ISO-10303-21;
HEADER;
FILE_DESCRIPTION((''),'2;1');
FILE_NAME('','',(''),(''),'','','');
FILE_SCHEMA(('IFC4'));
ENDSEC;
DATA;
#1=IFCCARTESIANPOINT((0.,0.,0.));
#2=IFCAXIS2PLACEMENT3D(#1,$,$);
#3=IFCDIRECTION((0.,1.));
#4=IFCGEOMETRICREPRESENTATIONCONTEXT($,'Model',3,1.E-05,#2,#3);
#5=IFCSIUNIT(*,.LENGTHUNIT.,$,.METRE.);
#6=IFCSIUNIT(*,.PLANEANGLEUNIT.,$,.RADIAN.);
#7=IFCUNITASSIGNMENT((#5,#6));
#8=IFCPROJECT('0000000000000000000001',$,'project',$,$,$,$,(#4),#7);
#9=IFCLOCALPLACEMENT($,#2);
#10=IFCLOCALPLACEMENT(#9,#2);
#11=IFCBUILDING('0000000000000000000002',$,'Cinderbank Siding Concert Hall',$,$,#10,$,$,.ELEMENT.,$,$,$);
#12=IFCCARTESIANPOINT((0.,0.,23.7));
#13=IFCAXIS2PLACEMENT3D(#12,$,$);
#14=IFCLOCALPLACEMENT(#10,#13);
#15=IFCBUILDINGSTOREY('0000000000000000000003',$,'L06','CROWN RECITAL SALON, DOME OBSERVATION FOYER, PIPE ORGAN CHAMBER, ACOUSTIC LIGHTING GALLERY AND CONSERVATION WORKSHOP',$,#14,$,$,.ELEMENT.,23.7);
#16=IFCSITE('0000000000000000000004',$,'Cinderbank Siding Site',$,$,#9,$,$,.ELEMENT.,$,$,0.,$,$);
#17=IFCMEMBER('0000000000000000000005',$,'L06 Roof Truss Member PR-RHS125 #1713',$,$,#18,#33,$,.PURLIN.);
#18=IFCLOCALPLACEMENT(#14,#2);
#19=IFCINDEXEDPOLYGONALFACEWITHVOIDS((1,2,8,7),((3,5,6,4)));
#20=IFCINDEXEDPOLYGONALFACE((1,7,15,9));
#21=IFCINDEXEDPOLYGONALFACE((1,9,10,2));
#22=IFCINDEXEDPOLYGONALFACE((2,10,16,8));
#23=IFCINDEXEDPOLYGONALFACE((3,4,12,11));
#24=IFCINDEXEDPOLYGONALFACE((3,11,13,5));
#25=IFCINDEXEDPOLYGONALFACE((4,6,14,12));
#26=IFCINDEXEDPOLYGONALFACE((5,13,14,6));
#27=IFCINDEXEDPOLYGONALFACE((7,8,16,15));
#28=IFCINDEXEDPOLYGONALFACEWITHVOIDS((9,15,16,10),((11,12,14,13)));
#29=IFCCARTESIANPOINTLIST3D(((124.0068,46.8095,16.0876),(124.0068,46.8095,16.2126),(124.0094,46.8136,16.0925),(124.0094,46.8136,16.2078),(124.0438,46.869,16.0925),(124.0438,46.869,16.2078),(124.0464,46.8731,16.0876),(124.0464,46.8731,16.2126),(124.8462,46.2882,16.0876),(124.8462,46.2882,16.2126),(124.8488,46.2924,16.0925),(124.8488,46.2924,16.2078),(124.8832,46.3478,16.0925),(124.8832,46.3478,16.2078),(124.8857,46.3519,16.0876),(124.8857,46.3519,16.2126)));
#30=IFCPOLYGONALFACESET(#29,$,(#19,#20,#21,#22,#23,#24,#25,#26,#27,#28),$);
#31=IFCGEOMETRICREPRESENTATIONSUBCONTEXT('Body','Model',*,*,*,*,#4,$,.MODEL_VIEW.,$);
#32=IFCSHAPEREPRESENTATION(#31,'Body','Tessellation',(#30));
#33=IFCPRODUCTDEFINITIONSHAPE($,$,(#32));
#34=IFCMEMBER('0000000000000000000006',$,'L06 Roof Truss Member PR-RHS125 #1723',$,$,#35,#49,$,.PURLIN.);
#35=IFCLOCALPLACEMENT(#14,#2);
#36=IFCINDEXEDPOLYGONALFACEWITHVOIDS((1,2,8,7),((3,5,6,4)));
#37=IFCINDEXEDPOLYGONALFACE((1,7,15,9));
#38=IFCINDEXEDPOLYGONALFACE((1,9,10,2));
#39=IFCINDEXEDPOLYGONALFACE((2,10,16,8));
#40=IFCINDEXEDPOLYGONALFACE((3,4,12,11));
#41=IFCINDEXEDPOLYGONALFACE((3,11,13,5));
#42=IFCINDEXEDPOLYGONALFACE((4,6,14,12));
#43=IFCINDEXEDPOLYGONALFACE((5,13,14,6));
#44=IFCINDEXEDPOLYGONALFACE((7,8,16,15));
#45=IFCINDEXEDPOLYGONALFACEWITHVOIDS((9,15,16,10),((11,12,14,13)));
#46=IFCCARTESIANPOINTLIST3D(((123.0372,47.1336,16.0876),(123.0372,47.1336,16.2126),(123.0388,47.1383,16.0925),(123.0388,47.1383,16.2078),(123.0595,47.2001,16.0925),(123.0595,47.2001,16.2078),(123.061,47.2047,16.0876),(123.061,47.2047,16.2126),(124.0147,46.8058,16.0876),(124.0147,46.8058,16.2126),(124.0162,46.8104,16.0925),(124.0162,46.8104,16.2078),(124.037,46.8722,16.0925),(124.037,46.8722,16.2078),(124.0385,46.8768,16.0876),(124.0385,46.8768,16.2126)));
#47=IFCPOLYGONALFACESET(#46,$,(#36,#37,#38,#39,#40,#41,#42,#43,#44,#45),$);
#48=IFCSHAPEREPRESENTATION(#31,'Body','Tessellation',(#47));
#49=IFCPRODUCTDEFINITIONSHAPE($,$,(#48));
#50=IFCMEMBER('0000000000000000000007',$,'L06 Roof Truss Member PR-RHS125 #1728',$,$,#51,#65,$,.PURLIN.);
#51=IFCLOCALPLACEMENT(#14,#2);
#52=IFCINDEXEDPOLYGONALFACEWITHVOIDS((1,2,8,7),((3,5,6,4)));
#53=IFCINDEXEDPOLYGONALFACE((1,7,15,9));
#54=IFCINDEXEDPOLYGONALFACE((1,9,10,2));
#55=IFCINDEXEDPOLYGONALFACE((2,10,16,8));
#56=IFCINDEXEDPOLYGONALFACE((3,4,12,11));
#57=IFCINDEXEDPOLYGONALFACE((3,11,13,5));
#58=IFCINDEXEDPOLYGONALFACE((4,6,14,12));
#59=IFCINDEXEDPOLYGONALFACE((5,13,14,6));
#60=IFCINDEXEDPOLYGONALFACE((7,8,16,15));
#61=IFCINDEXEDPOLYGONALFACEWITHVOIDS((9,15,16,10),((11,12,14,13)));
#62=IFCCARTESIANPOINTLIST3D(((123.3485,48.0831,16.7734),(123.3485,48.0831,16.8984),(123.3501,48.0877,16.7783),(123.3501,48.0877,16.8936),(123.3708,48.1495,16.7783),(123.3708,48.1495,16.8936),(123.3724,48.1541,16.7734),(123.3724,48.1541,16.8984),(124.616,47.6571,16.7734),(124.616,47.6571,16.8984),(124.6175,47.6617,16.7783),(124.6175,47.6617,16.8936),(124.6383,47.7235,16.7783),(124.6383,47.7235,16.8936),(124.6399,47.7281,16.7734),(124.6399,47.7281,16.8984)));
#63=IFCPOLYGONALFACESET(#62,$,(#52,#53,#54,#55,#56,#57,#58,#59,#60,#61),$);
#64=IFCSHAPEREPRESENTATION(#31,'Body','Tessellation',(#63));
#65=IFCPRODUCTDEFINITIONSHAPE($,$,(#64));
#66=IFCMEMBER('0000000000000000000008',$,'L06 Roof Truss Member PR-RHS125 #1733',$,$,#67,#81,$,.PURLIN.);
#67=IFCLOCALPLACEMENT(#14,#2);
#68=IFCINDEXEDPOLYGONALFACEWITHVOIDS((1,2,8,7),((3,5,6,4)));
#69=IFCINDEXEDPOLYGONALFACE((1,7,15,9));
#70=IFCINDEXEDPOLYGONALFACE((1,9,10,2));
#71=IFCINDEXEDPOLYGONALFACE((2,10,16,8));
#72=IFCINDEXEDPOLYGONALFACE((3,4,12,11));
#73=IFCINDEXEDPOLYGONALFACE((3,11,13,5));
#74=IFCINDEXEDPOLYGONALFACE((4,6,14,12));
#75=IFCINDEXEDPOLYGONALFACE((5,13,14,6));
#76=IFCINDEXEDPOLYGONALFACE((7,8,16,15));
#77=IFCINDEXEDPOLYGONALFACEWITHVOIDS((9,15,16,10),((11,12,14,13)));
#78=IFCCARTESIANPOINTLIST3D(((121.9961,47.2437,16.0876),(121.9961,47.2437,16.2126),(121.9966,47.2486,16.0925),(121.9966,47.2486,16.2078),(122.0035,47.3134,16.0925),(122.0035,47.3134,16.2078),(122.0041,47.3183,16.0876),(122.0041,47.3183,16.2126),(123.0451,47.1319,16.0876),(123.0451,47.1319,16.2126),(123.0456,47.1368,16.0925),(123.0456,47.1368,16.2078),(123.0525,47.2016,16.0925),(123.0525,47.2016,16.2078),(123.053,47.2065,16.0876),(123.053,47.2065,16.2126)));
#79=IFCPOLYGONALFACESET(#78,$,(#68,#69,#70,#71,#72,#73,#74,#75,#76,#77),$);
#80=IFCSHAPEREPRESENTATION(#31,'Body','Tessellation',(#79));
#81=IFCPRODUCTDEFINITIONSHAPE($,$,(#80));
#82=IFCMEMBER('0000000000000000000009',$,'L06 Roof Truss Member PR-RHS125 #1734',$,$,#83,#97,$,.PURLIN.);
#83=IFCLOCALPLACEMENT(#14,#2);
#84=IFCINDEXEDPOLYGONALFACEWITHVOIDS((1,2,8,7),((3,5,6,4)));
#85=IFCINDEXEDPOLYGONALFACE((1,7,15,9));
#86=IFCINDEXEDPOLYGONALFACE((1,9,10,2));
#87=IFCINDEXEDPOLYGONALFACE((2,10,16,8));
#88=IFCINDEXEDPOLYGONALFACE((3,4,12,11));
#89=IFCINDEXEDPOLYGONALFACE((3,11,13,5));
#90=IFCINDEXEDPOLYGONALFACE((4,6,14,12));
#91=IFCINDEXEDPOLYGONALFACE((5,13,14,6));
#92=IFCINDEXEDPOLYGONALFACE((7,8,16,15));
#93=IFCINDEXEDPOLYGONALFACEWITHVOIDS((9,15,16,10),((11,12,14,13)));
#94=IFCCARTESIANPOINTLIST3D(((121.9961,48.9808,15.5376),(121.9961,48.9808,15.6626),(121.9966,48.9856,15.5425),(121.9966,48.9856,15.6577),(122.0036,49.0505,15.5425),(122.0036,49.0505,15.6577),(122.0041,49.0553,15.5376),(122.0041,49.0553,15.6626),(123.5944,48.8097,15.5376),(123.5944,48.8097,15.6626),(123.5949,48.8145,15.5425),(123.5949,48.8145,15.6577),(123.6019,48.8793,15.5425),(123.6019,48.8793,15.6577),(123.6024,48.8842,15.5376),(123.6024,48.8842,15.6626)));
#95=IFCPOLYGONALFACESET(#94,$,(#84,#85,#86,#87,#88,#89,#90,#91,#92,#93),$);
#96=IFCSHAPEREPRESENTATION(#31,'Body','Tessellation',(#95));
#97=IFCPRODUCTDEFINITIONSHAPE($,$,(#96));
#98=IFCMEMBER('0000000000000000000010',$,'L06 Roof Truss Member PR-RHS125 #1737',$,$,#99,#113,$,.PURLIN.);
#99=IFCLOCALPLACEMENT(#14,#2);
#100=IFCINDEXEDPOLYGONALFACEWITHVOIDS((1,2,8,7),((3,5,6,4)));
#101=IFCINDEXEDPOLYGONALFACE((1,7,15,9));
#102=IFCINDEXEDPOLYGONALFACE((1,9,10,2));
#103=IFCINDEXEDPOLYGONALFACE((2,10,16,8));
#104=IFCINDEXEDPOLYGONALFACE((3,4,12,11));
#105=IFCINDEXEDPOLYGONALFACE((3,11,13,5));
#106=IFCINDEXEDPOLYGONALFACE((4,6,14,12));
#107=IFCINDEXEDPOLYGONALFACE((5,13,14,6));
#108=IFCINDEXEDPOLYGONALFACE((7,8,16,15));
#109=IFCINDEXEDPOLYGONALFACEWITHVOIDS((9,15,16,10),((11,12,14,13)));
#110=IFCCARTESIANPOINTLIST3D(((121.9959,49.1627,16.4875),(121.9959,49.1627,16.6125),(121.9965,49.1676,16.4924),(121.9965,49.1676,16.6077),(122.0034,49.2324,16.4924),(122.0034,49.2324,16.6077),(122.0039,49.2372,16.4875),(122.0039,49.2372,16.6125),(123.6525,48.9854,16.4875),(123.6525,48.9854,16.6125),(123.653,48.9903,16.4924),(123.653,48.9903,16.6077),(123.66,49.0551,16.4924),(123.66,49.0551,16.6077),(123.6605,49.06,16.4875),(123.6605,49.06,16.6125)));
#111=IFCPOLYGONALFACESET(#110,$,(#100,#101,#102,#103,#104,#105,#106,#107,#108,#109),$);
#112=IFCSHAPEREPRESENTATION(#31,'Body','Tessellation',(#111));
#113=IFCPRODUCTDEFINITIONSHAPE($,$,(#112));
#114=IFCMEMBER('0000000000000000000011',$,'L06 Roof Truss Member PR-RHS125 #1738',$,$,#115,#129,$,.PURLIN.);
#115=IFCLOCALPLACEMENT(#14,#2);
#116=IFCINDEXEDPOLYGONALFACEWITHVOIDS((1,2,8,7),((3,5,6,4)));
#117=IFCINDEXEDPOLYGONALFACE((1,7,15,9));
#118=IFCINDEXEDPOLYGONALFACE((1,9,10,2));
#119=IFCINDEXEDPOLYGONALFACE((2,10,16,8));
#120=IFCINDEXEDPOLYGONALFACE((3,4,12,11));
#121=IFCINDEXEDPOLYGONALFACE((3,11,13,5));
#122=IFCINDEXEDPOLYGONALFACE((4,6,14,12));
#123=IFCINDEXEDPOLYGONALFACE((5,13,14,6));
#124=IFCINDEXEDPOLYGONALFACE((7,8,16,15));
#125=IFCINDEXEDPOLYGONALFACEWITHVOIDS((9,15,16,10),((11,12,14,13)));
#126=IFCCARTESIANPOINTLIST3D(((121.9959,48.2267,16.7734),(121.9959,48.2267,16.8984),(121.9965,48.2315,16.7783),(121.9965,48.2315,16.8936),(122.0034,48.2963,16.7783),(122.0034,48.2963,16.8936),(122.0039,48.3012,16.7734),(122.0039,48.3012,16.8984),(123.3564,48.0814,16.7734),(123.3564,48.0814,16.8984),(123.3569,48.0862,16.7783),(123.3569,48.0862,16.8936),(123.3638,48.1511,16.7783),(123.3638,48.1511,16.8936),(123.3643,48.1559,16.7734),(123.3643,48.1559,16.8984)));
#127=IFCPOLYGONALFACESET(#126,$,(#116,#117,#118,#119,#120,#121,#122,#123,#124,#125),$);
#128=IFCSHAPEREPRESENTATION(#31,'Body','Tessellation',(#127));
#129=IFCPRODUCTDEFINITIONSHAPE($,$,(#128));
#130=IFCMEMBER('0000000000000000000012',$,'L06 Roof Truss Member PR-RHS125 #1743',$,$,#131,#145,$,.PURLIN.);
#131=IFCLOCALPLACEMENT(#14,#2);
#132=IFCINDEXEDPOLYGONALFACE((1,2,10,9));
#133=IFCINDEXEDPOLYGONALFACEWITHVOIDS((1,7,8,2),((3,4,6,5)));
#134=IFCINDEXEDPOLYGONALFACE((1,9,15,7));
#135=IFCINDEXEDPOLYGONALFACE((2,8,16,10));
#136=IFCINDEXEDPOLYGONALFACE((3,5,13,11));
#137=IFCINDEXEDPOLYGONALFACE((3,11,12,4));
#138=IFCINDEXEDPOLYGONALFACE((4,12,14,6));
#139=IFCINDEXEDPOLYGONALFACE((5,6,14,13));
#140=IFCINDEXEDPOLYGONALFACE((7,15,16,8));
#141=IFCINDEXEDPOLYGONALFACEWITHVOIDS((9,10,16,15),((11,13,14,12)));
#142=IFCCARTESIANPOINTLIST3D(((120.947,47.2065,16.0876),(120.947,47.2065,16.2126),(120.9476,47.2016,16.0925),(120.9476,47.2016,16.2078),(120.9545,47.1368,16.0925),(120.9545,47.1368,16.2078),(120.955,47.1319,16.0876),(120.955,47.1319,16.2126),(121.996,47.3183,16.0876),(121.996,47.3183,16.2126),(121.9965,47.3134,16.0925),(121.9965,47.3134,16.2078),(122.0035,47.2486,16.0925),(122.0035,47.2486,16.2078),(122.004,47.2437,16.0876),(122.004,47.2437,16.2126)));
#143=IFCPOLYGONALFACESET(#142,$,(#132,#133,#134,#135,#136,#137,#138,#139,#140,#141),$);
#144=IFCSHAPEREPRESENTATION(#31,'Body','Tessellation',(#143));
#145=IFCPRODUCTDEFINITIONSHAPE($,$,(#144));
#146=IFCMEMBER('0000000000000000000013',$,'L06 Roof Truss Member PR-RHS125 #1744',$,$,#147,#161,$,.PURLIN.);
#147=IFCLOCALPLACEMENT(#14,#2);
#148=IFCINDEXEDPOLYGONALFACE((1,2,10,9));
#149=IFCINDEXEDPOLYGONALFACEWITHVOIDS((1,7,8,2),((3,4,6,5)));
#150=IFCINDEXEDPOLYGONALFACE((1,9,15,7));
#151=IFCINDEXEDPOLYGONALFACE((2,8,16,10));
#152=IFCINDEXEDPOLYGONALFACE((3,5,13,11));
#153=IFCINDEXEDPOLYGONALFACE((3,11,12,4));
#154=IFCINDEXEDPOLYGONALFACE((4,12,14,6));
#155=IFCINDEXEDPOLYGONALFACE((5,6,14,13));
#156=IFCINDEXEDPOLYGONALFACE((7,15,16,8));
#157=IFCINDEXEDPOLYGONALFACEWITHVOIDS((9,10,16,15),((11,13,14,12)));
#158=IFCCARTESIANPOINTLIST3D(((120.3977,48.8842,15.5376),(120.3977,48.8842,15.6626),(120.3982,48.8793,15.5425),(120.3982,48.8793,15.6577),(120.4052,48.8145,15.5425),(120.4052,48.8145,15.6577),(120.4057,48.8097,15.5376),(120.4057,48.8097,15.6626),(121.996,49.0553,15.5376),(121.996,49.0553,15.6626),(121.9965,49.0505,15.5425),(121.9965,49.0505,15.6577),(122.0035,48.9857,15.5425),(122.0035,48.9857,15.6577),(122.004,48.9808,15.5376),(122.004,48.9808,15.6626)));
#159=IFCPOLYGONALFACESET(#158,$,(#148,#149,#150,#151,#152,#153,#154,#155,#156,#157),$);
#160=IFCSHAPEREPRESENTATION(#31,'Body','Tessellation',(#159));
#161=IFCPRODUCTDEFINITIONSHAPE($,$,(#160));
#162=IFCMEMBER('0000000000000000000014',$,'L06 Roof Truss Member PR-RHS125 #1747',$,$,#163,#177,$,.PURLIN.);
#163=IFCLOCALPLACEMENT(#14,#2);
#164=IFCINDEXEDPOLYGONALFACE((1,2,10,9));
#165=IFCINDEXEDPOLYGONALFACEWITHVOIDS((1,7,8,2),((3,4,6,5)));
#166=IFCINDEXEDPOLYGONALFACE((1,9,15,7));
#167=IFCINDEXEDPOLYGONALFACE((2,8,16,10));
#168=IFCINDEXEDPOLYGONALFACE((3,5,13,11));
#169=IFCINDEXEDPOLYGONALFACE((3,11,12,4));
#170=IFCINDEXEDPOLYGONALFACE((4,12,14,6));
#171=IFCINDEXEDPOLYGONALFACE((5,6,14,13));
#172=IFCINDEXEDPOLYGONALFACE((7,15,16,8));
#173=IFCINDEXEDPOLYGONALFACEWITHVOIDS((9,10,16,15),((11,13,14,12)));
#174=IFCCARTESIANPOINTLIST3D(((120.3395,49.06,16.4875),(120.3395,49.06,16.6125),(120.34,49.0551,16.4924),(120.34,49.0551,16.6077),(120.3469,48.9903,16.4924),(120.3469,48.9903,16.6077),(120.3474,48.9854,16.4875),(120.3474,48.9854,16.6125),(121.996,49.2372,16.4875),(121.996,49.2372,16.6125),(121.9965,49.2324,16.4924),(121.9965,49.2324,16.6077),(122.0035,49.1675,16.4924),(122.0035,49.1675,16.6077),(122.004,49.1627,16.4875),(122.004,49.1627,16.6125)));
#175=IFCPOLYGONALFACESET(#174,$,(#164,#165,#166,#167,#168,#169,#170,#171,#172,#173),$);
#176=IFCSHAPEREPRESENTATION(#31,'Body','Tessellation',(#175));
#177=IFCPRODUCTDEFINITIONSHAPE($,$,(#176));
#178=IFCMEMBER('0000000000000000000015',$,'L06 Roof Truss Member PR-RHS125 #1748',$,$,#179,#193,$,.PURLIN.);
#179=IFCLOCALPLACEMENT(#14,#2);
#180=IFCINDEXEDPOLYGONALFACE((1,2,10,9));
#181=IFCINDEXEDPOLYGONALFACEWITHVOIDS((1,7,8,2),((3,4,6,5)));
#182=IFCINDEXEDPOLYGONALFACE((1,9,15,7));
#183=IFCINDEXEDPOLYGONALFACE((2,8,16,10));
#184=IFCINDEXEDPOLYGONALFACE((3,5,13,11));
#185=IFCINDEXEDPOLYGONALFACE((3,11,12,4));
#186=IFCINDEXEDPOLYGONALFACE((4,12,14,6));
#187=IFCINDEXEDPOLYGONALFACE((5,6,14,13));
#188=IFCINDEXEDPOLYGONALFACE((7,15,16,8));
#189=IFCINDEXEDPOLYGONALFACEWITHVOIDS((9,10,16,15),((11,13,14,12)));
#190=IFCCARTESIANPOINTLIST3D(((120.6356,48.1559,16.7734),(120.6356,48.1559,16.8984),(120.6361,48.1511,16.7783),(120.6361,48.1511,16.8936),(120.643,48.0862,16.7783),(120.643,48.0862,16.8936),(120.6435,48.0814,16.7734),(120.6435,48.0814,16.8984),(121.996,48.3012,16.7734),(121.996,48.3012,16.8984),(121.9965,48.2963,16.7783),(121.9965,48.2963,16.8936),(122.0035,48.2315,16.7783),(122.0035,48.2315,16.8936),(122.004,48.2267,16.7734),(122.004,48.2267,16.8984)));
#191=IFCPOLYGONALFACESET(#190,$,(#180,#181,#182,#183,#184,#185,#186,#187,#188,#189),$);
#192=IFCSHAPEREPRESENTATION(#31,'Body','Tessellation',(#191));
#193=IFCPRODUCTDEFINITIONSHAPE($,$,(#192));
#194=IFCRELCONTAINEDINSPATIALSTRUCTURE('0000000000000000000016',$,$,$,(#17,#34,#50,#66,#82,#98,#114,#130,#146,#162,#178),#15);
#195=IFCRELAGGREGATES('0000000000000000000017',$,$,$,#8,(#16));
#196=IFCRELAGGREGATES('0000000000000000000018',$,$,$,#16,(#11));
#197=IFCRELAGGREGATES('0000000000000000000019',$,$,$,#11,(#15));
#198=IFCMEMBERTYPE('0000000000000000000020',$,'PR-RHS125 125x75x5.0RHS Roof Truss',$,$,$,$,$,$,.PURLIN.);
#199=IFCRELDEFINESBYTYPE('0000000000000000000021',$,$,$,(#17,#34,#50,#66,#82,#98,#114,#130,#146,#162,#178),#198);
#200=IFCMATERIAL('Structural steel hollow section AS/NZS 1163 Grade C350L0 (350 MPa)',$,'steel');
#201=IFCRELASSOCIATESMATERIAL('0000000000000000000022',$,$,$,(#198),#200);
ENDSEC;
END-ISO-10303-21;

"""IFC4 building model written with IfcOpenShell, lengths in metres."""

from ifc_helpers import new_model, si_unit, direction, frame, origin, origin_2d, place, context, subcontext, project, spatial, hollow_rectangle, extrude, material, material_profile, profile_set, type_object, element, save


model = new_model("IFC4")

# Units and contexts
model_context = context("Model", 3, precision=1e-05, world=origin(), true_north=direction((0.0, 1.0)))
body_context = subcontext(model_context, "Body", "Model", "MODEL_VIEW")
ifc_project = project(units=[si_unit("LENGTHUNIT", "METRE"), si_unit("PLANEANGLEUNIT", "RADIAN")], contexts=[model_context])

# Site, building, storey
site_placement = place(None, origin())
site = spatial("IfcSite", under=ifc_project, at=site_placement, Name="Cinderbank Siding Site", CompositionType="ELEMENT", RefElevation=0.0)
building_placement = place(site_placement, origin())
building = spatial("IfcBuilding", under=site, at=building_placement, Name="Cinderbank Siding Concert Hall", CompositionType="ELEMENT")
storey_placement = place(building_placement, frame((0.0, 0.0, 23.7)))
storey = spatial("IfcBuildingStorey", under=building, at=storey_placement, Name="L06", Description="CROWN RECITAL SALON, DOME OBSERVATION FOYER, PIPE ORGAN CHAMBER, ACOUSTIC LIGHTING GALLERY AND CONSERVATION WORKSHOP", CompositionType="ELEMENT", Elevation=23.7)

# Members
ifc_material_1 = material(Name="Structural steel hollow section AS/NZS 1163 Grade C350L0 (350 MPa)", Category="steel")
ifc_material_profile = material_profile(ifc_material_1, hollow_rectangle(XDim=0.075, YDim=0.125, WallThickness=0.0049, at=origin_2d()), Name="125x75x5.0RHS", Category="LoadBearing")
ifc_profile_set = profile_set([ifc_material_profile], Name="Structural steel hollow section AS/NZS 1163 Grade C350L0 (350 MPa)")
member_type = type_object("IfcMemberType", Name="PR-RHS125 125x75x5.0RHS Roof Truss", PredefinedType="PURLIN", material=ifc_profile_set)
member_1_placement = place(storey_placement, frame((124.866, 46.3201, 16.1501), z_axis=(-0.849522, 0.527554, 0.0), x_axis=(-0.527554, -0.849522, 0.0)))
element("IfcMember", 1, at=member_1_placement, inside=storey, type_object=member_type, Name="L06 Roof Truss Member PR-RHS125 #1713", PredefinedType="PURLIN", context=body_context, shape_type="SweptSolid", body=[
    extrude(hollow_rectangle(XDim=0.075, YDim=0.125, WallThickness=0.0049, at=origin_2d()), origin(), (0.0, 0.0, 1.0), 0.988),
])
member_2_placement = place(storey_placement, frame((124.0266, 46.8413, 16.1501), z_axis=(-0.94809, 0.318003, 0.0), x_axis=(-0.318003, -0.94809, 0.0)))
element("IfcMember", 2, at=member_2_placement, inside=storey, type_object=member_type, Name="L06 Roof Truss Member PR-RHS125 #1723", PredefinedType="PURLIN", context=body_context, shape_type="SweptSolid", body=[
    extrude(hollow_rectangle(XDim=0.075, YDim=0.125, WallThickness=0.0049, at=origin_2d()), origin(), (0.0, 0.0, 1.0), 1.031),
])
member_3_placement = place(storey_placement, frame((124.6279, 47.6926, 16.8359), z_axis=(-0.947895, 0.318582, 0.0), x_axis=(-0.318582, -0.947895, 0.0)))
element("IfcMember", 3, at=member_3_placement, inside=storey, type_object=member_type, Name="L06 Roof Truss Member PR-RHS125 #1728", PredefinedType="PURLIN", context=body_context, shape_type="SweptSolid", body=[
    extrude(hollow_rectangle(XDim=0.075, YDim=0.125, WallThickness=0.0049, at=origin_2d()), origin(), (0.0, 0.0, 1.0), 1.3372),
])
member_4_placement = place(storey_placement, frame((123.0491, 47.1692, 16.1501), z_axis=(-0.994368, 0.105986, 0.0), x_axis=(-0.105986, -0.994368, 0.0)))
element("IfcMember", 4, at=member_4_placement, inside=storey, type_object=member_type, Name="L06 Roof Truss Member PR-RHS125 #1733", PredefinedType="PURLIN", context=body_context, shape_type="SweptSolid", body=[
    extrude(hollow_rectangle(XDim=0.075, YDim=0.125, WallThickness=0.0049, at=origin_2d()), origin(), (0.0, 0.0, 1.0), 1.0549),
])
member_5_placement = place(storey_placement, frame((123.5984, 48.8469, 15.6001), z_axis=(-0.994317, 0.106463, 0.0), x_axis=(-0.106463, -0.994317, 0.0)))
element("IfcMember", 5, at=member_5_placement, inside=storey, type_object=member_type, Name="L06 Roof Truss Member PR-RHS125 #1734", PredefinedType="PURLIN", context=body_context, shape_type="SweptSolid", body=[
    extrude(hollow_rectangle(XDim=0.075, YDim=0.125, WallThickness=0.0049, at=origin_2d()), origin(), (0.0, 0.0, 1.0), 1.6074),
])
member_6_placement = place(storey_placement, frame((123.6565, 49.0227, 16.55), z_axis=(-0.994324, 0.106393, 0.0), x_axis=(-0.106393, -0.994324, 0.0)))
element("IfcMember", 6, at=member_6_placement, inside=storey, type_object=member_type, Name="L06 Roof Truss Member PR-RHS125 #1737", PredefinedType="PURLIN", context=body_context, shape_type="SweptSolid", body=[
    extrude(hollow_rectangle(XDim=0.075, YDim=0.125, WallThickness=0.0049, at=origin_2d()), origin(), (0.0, 0.0, 1.0), 1.666),
])
member_7_placement = place(storey_placement, frame((123.3604, 48.1187, 16.8359), z_axis=(-0.994347, 0.10618, 0.0), x_axis=(-0.10618, -0.994347, 0.0)))
element("IfcMember", 7, at=member_7_placement, inside=storey, type_object=member_type, Name="L06 Roof Truss Member PR-RHS125 #1738", PredefinedType="PURLIN", context=body_context, shape_type="SweptSolid", body=[
    extrude(hollow_rectangle(XDim=0.075, YDim=0.125, WallThickness=0.0049, at=origin_2d()), origin(), (0.0, 0.0, 1.0), 1.3682),
])
member_8_placement = place(storey_placement, frame((122.0, 47.281, 16.1501), z_axis=(-0.994368, -0.105986, 0.0), x_axis=(0.105986, -0.994368, 0.0)))
element("IfcMember", 8, at=member_8_placement, inside=storey, type_object=member_type, Name="L06 Roof Truss Member PR-RHS125 #1743", PredefinedType="PURLIN", context=body_context, shape_type="SweptSolid", body=[
    extrude(hollow_rectangle(XDim=0.075, YDim=0.125, WallThickness=0.0049, at=origin_2d()), origin(), (0.0, 0.0, 1.0), 1.0549),
])
member_9_placement = place(storey_placement, frame((122.0, 49.0181, 15.6001), z_axis=(-0.994317, -0.106463, 0.0), x_axis=(0.106463, -0.994317, 0.0)))
element("IfcMember", 9, at=member_9_placement, inside=storey, type_object=member_type, Name="L06 Roof Truss Member PR-RHS125 #1744", PredefinedType="PURLIN", context=body_context, shape_type="SweptSolid", body=[
    extrude(hollow_rectangle(XDim=0.075, YDim=0.125, WallThickness=0.0049, at=origin_2d()), origin(), (0.0, 0.0, 1.0), 1.6074),
])
member_10_placement = place(storey_placement, frame((122.0, 49.2, 16.55), z_axis=(-0.994324, -0.106393, 0.0), x_axis=(0.106393, -0.994324, 0.0)))
element("IfcMember", 10, at=member_10_placement, inside=storey, type_object=member_type, Name="L06 Roof Truss Member PR-RHS125 #1747", PredefinedType="PURLIN", context=body_context, shape_type="SweptSolid", body=[
    extrude(hollow_rectangle(XDim=0.075, YDim=0.125, WallThickness=0.0049, at=origin_2d()), origin(), (0.0, 0.0, 1.0), 1.666),
])
member_11_placement = place(storey_placement, frame((122.0, 48.2639, 16.8359), z_axis=(-0.994347, -0.10618, 0.0), x_axis=(0.10618, -0.994347, 0.0)))
element("IfcMember", 11, at=member_11_placement, inside=storey, type_object=member_type, Name="L06 Roof Truss Member PR-RHS125 #1748", PredefinedType="PURLIN", context=body_context, shape_type="SweptSolid", body=[
    extrude(hollow_rectangle(XDim=0.075, YDim=0.125, WallThickness=0.0049, at=origin_2d()), origin(), (0.0, 0.0, 1.0), 1.3682),
])

save(model, "model.ifc")
